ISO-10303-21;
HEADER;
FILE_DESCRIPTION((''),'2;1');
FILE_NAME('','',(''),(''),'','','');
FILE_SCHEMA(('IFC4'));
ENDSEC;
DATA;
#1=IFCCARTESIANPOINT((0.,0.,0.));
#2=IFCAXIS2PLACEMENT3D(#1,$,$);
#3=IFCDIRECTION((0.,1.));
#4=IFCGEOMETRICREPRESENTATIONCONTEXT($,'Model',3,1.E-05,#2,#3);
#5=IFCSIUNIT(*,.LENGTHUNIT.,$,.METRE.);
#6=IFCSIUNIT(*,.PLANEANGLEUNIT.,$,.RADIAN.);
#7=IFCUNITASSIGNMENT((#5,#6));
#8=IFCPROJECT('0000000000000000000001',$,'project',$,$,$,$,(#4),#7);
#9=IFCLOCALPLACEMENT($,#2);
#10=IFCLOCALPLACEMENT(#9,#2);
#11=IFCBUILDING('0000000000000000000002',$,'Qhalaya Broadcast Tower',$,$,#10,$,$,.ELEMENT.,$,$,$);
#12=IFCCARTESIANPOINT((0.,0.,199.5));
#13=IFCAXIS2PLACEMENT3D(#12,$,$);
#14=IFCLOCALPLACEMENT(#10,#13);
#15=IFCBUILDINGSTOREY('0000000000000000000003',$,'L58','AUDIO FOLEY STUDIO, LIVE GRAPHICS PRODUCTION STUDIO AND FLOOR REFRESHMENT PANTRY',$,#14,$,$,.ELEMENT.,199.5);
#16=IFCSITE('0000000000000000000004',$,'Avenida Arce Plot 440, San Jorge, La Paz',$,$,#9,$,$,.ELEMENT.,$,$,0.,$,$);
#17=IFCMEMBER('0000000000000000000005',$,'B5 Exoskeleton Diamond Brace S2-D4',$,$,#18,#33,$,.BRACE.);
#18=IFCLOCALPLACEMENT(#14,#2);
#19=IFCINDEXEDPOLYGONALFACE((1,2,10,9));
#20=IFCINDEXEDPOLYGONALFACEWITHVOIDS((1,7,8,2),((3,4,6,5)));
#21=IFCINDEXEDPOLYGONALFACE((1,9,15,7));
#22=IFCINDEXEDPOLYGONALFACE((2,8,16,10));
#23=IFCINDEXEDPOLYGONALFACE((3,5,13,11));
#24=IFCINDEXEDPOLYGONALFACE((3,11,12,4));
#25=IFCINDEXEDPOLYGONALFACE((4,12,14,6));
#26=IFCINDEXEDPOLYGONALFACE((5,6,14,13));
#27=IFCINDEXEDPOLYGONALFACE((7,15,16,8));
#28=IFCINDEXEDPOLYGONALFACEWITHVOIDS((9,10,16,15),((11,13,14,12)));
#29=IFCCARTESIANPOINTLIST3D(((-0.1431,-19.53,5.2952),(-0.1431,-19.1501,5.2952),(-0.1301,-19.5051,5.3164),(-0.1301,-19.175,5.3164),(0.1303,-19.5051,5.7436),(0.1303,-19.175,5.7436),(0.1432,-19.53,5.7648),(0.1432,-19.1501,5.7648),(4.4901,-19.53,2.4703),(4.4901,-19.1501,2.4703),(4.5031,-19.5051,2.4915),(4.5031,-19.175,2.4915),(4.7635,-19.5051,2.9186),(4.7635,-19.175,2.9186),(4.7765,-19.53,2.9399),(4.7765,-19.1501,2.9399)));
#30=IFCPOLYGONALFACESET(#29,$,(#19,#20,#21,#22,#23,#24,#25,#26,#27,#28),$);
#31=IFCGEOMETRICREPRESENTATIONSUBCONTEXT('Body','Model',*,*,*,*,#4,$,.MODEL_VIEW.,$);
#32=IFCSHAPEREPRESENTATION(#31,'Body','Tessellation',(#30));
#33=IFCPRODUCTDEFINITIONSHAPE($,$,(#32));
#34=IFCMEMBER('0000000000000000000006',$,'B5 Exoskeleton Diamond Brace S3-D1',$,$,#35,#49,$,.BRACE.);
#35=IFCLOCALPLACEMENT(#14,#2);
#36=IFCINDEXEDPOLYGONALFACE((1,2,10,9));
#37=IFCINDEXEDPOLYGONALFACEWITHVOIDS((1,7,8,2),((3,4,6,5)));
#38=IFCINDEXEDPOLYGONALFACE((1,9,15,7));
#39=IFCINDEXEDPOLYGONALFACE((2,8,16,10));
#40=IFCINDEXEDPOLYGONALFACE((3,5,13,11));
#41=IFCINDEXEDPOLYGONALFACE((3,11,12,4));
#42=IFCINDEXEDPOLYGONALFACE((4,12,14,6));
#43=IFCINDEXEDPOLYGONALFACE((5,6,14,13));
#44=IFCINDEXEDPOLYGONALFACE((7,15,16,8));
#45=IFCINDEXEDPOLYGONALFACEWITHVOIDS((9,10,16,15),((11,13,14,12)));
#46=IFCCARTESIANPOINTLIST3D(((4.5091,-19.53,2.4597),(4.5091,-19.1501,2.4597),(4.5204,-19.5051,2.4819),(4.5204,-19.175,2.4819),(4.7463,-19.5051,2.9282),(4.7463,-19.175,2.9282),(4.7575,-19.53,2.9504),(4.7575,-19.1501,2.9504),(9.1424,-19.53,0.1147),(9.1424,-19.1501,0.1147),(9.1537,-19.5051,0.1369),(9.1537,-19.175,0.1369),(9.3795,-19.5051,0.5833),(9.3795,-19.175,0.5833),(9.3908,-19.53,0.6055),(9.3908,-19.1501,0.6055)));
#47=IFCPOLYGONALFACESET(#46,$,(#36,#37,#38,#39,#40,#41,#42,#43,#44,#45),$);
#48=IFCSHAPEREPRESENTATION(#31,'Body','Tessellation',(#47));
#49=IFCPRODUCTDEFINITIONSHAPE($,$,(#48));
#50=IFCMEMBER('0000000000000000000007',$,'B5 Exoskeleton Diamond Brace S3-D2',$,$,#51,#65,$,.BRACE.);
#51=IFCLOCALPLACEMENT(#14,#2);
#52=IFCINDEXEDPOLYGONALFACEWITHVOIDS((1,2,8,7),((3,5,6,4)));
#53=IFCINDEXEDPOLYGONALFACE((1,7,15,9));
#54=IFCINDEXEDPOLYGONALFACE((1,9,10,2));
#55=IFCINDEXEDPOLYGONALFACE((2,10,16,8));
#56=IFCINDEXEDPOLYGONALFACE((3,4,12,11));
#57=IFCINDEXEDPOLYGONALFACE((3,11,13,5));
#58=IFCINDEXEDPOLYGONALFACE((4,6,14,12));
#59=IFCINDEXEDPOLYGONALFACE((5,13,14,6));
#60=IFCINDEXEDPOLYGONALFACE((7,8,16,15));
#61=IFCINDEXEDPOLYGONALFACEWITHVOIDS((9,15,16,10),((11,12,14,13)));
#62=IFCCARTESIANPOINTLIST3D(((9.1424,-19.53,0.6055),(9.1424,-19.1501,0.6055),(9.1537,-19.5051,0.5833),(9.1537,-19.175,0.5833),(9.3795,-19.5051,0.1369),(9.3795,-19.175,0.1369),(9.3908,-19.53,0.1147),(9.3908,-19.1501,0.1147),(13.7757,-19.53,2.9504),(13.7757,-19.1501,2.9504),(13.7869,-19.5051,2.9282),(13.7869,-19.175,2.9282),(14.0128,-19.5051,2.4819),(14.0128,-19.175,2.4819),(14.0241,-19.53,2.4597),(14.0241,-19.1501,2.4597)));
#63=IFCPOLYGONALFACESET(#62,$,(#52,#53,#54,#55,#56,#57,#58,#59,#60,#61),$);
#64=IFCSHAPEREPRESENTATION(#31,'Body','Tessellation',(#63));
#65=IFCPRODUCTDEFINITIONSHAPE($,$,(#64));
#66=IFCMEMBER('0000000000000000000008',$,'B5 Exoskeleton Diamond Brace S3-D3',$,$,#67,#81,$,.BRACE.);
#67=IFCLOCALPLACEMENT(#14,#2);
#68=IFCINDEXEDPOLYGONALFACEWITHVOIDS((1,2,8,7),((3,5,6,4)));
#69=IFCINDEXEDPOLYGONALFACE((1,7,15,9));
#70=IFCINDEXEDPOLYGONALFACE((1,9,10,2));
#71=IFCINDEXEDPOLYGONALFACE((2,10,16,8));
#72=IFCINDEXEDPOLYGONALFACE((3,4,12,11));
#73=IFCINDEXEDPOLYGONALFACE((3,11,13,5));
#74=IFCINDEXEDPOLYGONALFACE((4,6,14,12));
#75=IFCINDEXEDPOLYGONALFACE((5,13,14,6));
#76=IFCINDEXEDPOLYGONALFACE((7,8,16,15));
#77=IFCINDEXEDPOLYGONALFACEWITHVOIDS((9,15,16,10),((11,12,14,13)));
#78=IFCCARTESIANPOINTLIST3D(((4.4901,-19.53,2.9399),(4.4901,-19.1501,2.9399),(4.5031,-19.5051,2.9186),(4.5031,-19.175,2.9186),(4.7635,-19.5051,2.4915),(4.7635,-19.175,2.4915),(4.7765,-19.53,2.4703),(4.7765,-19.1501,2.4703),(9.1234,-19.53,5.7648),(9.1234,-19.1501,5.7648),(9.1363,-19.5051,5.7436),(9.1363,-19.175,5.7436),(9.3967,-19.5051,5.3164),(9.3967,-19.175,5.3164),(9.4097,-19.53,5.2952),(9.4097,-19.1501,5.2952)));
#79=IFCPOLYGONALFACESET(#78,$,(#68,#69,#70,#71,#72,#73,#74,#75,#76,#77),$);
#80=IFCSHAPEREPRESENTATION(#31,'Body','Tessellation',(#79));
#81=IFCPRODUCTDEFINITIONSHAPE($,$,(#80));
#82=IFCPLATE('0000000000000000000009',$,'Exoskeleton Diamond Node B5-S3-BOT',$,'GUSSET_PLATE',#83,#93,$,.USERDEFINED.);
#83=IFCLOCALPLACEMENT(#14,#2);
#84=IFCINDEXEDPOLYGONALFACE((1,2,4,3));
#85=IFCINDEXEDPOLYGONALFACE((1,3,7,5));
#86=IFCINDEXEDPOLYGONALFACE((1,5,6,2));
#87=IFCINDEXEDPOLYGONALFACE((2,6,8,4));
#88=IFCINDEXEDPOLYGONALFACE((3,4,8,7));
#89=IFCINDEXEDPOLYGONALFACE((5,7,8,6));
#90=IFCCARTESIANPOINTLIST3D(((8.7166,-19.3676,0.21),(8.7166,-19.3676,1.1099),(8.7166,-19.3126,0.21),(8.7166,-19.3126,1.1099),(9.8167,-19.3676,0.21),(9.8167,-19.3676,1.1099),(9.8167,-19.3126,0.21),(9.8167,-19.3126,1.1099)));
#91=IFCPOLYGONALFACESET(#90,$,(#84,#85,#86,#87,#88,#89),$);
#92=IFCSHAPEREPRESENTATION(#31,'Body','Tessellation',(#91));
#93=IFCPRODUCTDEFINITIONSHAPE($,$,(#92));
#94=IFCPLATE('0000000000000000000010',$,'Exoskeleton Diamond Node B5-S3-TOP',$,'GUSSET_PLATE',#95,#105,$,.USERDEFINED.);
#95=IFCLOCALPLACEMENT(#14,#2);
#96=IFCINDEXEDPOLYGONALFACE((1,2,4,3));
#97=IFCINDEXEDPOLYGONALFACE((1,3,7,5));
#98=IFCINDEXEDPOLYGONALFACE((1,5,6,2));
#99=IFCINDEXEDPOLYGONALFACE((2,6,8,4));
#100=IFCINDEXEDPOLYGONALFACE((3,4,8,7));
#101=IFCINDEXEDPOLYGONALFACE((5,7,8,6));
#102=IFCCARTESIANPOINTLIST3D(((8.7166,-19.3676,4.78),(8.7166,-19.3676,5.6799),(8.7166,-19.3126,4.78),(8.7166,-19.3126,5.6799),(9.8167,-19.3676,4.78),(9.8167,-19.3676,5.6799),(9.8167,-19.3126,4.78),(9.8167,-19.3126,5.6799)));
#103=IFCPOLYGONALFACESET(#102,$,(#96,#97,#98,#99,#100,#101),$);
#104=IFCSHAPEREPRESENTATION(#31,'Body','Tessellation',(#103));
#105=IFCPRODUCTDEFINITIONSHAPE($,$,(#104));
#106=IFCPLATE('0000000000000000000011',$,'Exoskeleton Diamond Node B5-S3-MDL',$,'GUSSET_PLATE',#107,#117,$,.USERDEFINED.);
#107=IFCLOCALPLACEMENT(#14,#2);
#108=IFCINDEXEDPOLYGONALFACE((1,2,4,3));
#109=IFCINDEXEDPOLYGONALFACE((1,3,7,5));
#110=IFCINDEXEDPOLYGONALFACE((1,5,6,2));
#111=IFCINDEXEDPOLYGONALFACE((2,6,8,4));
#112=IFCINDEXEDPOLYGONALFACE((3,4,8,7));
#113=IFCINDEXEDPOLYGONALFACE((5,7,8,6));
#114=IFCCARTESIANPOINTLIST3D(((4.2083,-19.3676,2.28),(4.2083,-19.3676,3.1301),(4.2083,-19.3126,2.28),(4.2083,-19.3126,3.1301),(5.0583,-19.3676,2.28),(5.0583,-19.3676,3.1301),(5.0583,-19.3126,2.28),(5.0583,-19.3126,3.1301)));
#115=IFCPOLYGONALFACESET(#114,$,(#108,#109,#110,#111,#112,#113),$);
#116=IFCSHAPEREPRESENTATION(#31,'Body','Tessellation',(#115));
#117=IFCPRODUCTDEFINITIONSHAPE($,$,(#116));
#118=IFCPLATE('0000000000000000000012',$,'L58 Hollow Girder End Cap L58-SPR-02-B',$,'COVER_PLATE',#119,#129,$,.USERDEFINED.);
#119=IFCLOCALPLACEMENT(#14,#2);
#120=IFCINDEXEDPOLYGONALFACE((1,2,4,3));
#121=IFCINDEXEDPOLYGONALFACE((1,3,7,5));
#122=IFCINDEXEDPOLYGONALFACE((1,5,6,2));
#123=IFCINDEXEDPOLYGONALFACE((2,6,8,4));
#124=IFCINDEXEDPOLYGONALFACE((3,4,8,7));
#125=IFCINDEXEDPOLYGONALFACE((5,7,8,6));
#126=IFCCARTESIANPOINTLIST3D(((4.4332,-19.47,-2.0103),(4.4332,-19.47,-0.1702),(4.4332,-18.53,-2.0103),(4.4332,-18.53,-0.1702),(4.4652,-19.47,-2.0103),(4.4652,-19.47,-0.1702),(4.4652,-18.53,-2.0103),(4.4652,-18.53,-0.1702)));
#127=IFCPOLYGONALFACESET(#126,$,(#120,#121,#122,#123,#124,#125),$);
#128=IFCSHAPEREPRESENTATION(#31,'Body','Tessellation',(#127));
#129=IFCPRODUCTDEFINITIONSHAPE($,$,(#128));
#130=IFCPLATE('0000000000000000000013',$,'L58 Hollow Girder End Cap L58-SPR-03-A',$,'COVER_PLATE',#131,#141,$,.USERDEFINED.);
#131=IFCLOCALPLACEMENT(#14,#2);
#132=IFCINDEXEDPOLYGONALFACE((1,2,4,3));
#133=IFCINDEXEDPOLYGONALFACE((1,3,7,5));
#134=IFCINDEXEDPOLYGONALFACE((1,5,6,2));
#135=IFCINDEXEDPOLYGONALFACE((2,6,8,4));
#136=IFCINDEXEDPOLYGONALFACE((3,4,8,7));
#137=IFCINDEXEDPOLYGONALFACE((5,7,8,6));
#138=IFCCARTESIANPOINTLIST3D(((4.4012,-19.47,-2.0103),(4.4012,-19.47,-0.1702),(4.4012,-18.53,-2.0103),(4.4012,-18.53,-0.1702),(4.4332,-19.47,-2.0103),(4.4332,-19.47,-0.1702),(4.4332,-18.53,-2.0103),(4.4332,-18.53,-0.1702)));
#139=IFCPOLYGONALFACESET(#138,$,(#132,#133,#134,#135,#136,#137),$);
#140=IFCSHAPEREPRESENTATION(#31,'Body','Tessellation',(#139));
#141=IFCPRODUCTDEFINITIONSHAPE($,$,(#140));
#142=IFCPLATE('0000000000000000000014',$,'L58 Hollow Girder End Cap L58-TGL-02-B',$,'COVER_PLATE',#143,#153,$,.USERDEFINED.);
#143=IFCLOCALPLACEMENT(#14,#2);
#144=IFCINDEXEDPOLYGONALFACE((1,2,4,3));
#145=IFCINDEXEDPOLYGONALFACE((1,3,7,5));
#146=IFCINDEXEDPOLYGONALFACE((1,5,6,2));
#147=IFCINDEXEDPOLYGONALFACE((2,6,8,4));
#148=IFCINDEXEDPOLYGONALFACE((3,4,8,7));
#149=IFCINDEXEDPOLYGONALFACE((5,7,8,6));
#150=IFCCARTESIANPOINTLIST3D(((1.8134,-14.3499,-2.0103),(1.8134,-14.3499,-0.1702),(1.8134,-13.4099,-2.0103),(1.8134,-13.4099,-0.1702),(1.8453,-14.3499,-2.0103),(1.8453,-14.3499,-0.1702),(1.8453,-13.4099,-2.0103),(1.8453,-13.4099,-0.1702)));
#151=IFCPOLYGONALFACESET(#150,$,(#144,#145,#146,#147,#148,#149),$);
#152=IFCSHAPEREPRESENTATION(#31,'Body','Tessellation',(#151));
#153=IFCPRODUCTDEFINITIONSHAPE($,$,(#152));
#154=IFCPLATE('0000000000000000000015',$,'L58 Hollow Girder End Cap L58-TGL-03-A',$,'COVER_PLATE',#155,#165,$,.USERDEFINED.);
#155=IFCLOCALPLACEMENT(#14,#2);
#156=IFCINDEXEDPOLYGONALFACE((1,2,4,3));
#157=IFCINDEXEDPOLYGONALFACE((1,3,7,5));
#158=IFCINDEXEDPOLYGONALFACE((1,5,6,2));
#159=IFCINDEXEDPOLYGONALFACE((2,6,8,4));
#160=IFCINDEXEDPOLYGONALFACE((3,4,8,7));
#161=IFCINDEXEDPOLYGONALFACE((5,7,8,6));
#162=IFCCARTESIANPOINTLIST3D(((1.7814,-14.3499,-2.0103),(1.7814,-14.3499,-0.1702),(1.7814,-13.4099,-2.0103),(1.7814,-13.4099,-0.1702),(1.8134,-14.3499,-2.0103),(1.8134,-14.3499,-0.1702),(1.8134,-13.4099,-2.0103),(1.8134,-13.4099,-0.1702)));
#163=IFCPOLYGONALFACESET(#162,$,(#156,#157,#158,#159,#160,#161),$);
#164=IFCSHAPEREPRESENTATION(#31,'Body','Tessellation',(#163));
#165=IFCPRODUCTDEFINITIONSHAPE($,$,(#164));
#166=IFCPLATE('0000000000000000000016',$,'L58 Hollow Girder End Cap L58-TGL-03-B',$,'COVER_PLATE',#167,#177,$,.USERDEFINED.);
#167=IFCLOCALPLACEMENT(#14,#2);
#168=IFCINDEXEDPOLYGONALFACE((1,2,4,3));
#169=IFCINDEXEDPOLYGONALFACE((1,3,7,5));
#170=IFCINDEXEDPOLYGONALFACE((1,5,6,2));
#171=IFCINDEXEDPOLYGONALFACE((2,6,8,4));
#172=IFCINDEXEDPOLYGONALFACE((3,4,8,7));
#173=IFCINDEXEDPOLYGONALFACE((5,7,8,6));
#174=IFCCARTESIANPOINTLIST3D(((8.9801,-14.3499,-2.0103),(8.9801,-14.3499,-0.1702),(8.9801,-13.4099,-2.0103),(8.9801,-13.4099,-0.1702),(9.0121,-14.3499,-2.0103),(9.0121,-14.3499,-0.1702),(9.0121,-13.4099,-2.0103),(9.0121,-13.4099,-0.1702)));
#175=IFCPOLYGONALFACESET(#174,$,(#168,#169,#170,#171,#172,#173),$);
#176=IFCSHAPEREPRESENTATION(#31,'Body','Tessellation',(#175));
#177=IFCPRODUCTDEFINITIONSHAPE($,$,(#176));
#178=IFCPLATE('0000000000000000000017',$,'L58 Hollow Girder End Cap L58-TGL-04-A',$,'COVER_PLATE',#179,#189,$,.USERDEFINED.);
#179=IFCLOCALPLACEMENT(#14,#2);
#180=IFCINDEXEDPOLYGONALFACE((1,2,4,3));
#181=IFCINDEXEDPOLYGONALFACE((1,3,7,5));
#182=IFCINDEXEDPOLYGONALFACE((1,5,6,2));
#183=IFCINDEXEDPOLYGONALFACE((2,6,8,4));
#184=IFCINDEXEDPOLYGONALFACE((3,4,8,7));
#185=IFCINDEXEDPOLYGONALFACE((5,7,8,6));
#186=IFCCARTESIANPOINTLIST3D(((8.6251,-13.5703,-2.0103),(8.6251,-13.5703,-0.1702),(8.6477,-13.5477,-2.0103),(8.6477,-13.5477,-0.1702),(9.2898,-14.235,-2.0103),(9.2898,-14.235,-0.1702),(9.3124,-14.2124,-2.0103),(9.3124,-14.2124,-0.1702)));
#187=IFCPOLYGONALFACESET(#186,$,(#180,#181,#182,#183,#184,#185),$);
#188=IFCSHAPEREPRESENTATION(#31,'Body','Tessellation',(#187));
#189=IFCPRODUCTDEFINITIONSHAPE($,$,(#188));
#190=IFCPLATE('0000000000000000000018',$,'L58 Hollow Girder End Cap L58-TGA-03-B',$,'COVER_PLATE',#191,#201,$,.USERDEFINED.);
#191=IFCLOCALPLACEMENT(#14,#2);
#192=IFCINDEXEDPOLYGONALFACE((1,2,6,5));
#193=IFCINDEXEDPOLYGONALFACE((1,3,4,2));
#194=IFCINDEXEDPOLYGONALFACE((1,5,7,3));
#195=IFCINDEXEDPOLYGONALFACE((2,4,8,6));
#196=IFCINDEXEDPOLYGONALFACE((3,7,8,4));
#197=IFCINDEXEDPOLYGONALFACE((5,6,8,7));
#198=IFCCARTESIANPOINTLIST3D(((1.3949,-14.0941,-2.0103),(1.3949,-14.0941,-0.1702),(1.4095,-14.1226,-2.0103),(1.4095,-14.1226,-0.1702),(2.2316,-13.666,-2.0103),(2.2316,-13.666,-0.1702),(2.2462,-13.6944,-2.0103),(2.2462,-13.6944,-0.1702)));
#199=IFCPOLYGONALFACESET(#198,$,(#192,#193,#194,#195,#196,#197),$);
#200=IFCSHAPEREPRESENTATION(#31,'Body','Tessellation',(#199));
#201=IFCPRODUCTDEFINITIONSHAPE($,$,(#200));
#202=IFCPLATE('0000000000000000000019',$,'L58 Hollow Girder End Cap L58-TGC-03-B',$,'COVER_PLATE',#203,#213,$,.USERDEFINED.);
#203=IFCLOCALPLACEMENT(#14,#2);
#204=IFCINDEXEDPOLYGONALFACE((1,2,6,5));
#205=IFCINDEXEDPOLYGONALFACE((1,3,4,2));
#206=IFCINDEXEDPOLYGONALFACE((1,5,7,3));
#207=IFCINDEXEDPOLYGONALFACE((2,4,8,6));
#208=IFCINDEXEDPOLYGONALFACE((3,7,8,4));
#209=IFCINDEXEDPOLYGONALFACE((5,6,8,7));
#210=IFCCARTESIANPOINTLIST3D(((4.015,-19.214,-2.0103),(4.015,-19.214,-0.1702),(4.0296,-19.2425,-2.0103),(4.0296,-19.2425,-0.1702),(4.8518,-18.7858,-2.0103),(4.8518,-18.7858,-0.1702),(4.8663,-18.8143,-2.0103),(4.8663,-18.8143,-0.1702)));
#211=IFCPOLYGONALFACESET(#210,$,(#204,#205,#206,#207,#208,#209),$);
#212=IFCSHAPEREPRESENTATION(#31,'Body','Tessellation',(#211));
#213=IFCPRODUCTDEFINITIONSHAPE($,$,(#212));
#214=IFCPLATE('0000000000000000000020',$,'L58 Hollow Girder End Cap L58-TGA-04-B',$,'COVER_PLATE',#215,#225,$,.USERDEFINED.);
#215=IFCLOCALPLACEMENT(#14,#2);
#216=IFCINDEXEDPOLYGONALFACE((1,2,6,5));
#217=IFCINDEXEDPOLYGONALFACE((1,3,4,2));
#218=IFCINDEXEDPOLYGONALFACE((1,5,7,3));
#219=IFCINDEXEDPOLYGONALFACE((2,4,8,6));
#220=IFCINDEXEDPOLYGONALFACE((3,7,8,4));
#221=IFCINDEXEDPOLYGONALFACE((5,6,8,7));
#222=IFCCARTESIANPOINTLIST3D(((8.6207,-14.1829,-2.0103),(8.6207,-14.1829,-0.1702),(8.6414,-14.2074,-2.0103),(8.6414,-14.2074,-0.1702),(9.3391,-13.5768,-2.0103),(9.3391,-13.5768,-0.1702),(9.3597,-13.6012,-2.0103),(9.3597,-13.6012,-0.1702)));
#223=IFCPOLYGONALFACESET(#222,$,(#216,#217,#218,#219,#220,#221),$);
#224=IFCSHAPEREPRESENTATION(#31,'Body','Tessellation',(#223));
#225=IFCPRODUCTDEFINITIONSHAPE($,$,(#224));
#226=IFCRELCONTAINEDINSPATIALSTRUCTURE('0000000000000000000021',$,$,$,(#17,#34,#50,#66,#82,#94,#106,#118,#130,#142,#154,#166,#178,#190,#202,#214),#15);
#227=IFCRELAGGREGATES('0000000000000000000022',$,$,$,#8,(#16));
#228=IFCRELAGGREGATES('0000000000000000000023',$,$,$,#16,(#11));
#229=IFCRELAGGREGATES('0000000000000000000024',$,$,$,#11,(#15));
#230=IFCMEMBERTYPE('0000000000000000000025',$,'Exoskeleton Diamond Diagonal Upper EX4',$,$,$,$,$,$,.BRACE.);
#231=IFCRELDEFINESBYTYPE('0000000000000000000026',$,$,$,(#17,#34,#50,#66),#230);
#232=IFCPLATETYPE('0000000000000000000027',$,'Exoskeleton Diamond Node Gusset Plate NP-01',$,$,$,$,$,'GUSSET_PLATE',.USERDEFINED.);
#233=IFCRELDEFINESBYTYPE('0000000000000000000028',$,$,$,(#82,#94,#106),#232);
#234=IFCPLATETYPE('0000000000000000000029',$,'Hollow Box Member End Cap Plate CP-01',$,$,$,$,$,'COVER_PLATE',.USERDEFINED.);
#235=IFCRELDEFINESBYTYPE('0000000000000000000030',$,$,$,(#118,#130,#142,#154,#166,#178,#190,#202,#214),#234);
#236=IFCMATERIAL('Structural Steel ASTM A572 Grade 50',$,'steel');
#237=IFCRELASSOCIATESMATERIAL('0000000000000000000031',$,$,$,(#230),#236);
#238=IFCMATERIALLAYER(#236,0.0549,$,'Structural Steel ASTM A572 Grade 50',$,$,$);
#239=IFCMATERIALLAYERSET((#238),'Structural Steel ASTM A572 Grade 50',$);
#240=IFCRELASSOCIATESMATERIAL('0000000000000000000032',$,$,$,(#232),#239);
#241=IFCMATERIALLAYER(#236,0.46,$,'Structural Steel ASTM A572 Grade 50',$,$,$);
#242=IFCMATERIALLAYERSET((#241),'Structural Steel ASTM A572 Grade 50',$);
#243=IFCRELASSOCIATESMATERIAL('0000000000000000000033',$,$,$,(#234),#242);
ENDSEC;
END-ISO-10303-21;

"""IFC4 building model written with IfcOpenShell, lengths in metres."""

from ifc_helpers import new_model, si_unit, direction, frame, origin, origin_2d, place, context, subcontext, project, spatial, rectangle, hollow_rectangle, extrude, material, layer, layer_set, material_profile, profile_set, type_object, element, save


model = new_model("IFC4")

# Units and contexts
model_context = context("Model", 3, precision=1e-05, world=origin(), true_north=direction((0.0, 1.0)))
body_context = subcontext(model_context, "Body", "Model", "MODEL_VIEW")
ifc_project = project(units=[si_unit("LENGTHUNIT", "METRE"), si_unit("PLANEANGLEUNIT", "RADIAN")], contexts=[model_context])

# Site, building, storey
site_placement = place(None, origin())
site = spatial("IfcSite", under=ifc_project, at=site_placement, Name="Avenida Arce Plot 440, San Jorge, La Paz", CompositionType="ELEMENT", RefElevation=0.0)
building_placement = place(site_placement, origin())
building = spatial("IfcBuilding", under=site, at=building_placement, Name="Qhalaya Broadcast Tower", CompositionType="ELEMENT")
storey_placement = place(building_placement, frame((0.0, 0.0, 199.5)))
storey = spatial("IfcBuildingStorey", under=building, at=storey_placement, Name="L58", Description="AUDIO FOLEY STUDIO, LIVE GRAPHICS PRODUCTION STUDIO AND FLOOR REFRESHMENT PANTRY", CompositionType="ELEMENT", Elevation=199.5)

# Shared definitions
ifc_material_1 = material(Name="Structural Steel ASTM A572 Grade 50", Category="steel")

# Members
ifc_material_profile_1 = material_profile(ifc_material_1, hollow_rectangle(XDim=0.3799, YDim=0.55, WallThickness=0.0249, at=origin_2d()), Name="BOX 380x550x25")
ifc_profile_set_1 = profile_set([ifc_material_profile_1], Name="Structural Steel ASTM A572 Grade 50")
member_type = type_object("IfcMemberType", Name="Exoskeleton Diamond Diagonal Upper EX4", PredefinedType="BRACE", material=ifc_profile_set_1)
member_1_placement = place(storey_placement, frame((4.6333, -19.3401, 2.7051), z_axis=(-0.853815, 0.0, 0.520576), x_axis=(0.0, -1.0, 0.0)))
element("IfcMember", 1, at=member_1_placement, inside=storey, type_object=member_type, Name="B5 Exoskeleton Diamond Brace S2-D4", PredefinedType="BRACE", context=body_context, shape_type="SweptSolid", body=[
    extrude(hollow_rectangle(XDim=0.3799, YDim=0.55, WallThickness=0.0249, at=origin_2d()), origin(), (0.0, 0.0, 1.0), 5.4265),
])
for number, where, z_axis, x_axis, name in (
    (2, (9.2666, -19.3401, 0.3601), (-0.892235, 0.0, 0.451571), (0.0, -1.0, 0.0), "B5 Exoskeleton Diamond Brace S3-D1"),
    (3, (9.2666, -19.3401, 0.3601), (0.892235, 0.0, 0.451571), (0.0, 1.0, 0.0), "B5 Exoskeleton Diamond Brace S3-D2"),
):
    element("IfcMember", number, at=place(storey_placement, frame(where, z_axis=z_axis, x_axis=x_axis)), inside=storey, type_object=member_type, Name=name, PredefinedType="BRACE", context=body_context, shape_type="SweptSolid", body=[
        extrude(hollow_rectangle(XDim=0.3799, YDim=0.55, WallThickness=0.0249, at=origin_2d()), origin(), (0.0, 0.0, 1.0), 5.1929),
    ])
member_2_placement = place(storey_placement, frame((4.6333, -19.3401, 2.7051), z_axis=(0.853815, 0.0, 0.520576), x_axis=(0.0, 1.0, 0.0)))
element("IfcMember", 4, at=member_2_placement, inside=storey, type_object=member_type, Name="B5 Exoskeleton Diamond Brace S3-D3", PredefinedType="BRACE", context=body_context, shape_type="SweptSolid", body=[
    extrude(hollow_rectangle(XDim=0.3799, YDim=0.55, WallThickness=0.0249, at=origin_2d()), origin(), (0.0, 0.0, 1.0), 5.4265),
])

# Plates
ifc_layer_1 = layer(ifc_material_1, 0.0549, Name="Structural Steel ASTM A572 Grade 50")
ifc_layer_set_1 = layer_set([ifc_layer_1], Name="Structural Steel ASTM A572 Grade 50")
plate_type_1 = type_object("IfcPlateType", Name="Exoskeleton Diamond Node Gusset Plate NP-01", ElementType="GUSSET_PLATE", PredefinedType="USERDEFINED", material=ifc_layer_set_1)
for number, where, z_axis, x_axis, name in (
    (5, (9.2666, -19.3401, 0.21), (0.0, 0.0, 1.0), (1.0, 0.0, 0.0), "Exoskeleton Diamond Node B5-S3-BOT"),
    (6, (9.2666, -19.3401, 4.78), (0.0, 0.0, 1.0), (1.0, 0.0, 0.0), "Exoskeleton Diamond Node B5-S3-TOP"),
):
    element("IfcPlate", number, at=place(storey_placement, frame(where, z_axis=z_axis, x_axis=x_axis)), inside=storey, type_object=plate_type_1, Name=name, ObjectType="GUSSET_PLATE", PredefinedType="USERDEFINED", context=body_context, shape_type="SweptSolid", body=[
        extrude(rectangle(XDim=1.1001, YDim=0.0549, at=origin_2d()), origin(), (0.0, 0.0, 1.0), 0.8999),
    ])
plate_1_placement = place(storey_placement, frame((4.6333, -19.3401, 2.28), z_axis=(0.0, 0.0, 1.0), x_axis=(1.0, 0.0, 0.0)))
element("IfcPlate", 7, at=plate_1_placement, inside=storey, type_object=plate_type_1, Name="Exoskeleton Diamond Node B5-S3-MDL", ObjectType="GUSSET_PLATE", PredefinedType="USERDEFINED", context=body_context, shape_type="SweptSolid", body=[
    extrude(rectangle(XDim=0.8501, YDim=0.0549, at=origin_2d()), origin(), (0.0, 0.0, 1.0), 0.8501),
])
ifc_layer_2 = layer(ifc_material_1, 0.46, Name="Structural Steel ASTM A572 Grade 50")
ifc_layer_set_2 = layer_set([ifc_layer_2], Name="Structural Steel ASTM A572 Grade 50")
plate_type_2 = type_object("IfcPlateType", Name="Hollow Box Member End Cap Plate CP-01", ElementType="COVER_PLATE", PredefinedType="USERDEFINED", material=ifc_layer_set_2)
for number, where, z_axis, x_axis, name in (
    (8, (4.4492, -19.0, -2.0103), (0.0, 0.0, 1.0), (0.0, 1.0, 0.0), "L58 Hollow Girder End Cap L58-SPR-02-B"),
    (9, (4.4172, -19.0, -2.0103), (0.0, 0.0, 1.0), (0.0, 1.0, 0.0), "L58 Hollow Girder End Cap L58-SPR-03-A"),
    (10, (1.8293, -13.8799, -2.0103), (0.0, 0.0, 1.0), (0.0, 1.0, 0.0), "L58 Hollow Girder End Cap L58-TGL-02-B"),
    (11, (1.7974, -13.8799, -2.0103), (0.0, 0.0, 1.0), (0.0, 1.0, 0.0), "L58 Hollow Girder End Cap L58-TGL-03-A"),
    (12, (8.9961, -13.8799, -2.0103), (0.0, 0.0, 1.0), (0.0, 1.0, 0.0), "L58 Hollow Girder End Cap L58-TGL-03-B"),
    (13, (8.9688, -13.8914, -2.0103), (0.0, 0.0, 1.0), (-0.707107, 0.707107, 0.0), "L58 Hollow Girder End Cap L58-TGL-04-A"),
    (14, (1.8206, -13.8943, -2.0103), (0.0, 0.0, 1.0), (0.890213, 0.455545, 0.0), "L58 Hollow Girder End Cap L58-TGA-03-B"),
    (15, (4.4407, -19.0142, -2.0103), (0.0, 0.0, 1.0), (0.890213, 0.455545, 0.0), "L58 Hollow Girder End Cap L58-TGC-03-B"),
    (16, (8.9902, -13.8921, -2.0103), (0.0, 0.0, 1.0), (0.764291, 0.644871, 0.0), "L58 Hollow Girder End Cap L58-TGA-04-B"),
):
    element("IfcPlate", number, at=place(storey_placement, frame(where, z_axis=z_axis, x_axis=x_axis)), inside=storey, type_object=plate_type_2, Name=name, ObjectType="COVER_PLATE", PredefinedType="USERDEFINED", context=body_context, shape_type="SweptSolid", body=[
        extrude(rectangle(XDim=0.9399, YDim=0.032, at=origin_2d()), origin(), (0.0, 0.0, 1.0), 1.8401),
    ])

save(model, "model.ifc")
